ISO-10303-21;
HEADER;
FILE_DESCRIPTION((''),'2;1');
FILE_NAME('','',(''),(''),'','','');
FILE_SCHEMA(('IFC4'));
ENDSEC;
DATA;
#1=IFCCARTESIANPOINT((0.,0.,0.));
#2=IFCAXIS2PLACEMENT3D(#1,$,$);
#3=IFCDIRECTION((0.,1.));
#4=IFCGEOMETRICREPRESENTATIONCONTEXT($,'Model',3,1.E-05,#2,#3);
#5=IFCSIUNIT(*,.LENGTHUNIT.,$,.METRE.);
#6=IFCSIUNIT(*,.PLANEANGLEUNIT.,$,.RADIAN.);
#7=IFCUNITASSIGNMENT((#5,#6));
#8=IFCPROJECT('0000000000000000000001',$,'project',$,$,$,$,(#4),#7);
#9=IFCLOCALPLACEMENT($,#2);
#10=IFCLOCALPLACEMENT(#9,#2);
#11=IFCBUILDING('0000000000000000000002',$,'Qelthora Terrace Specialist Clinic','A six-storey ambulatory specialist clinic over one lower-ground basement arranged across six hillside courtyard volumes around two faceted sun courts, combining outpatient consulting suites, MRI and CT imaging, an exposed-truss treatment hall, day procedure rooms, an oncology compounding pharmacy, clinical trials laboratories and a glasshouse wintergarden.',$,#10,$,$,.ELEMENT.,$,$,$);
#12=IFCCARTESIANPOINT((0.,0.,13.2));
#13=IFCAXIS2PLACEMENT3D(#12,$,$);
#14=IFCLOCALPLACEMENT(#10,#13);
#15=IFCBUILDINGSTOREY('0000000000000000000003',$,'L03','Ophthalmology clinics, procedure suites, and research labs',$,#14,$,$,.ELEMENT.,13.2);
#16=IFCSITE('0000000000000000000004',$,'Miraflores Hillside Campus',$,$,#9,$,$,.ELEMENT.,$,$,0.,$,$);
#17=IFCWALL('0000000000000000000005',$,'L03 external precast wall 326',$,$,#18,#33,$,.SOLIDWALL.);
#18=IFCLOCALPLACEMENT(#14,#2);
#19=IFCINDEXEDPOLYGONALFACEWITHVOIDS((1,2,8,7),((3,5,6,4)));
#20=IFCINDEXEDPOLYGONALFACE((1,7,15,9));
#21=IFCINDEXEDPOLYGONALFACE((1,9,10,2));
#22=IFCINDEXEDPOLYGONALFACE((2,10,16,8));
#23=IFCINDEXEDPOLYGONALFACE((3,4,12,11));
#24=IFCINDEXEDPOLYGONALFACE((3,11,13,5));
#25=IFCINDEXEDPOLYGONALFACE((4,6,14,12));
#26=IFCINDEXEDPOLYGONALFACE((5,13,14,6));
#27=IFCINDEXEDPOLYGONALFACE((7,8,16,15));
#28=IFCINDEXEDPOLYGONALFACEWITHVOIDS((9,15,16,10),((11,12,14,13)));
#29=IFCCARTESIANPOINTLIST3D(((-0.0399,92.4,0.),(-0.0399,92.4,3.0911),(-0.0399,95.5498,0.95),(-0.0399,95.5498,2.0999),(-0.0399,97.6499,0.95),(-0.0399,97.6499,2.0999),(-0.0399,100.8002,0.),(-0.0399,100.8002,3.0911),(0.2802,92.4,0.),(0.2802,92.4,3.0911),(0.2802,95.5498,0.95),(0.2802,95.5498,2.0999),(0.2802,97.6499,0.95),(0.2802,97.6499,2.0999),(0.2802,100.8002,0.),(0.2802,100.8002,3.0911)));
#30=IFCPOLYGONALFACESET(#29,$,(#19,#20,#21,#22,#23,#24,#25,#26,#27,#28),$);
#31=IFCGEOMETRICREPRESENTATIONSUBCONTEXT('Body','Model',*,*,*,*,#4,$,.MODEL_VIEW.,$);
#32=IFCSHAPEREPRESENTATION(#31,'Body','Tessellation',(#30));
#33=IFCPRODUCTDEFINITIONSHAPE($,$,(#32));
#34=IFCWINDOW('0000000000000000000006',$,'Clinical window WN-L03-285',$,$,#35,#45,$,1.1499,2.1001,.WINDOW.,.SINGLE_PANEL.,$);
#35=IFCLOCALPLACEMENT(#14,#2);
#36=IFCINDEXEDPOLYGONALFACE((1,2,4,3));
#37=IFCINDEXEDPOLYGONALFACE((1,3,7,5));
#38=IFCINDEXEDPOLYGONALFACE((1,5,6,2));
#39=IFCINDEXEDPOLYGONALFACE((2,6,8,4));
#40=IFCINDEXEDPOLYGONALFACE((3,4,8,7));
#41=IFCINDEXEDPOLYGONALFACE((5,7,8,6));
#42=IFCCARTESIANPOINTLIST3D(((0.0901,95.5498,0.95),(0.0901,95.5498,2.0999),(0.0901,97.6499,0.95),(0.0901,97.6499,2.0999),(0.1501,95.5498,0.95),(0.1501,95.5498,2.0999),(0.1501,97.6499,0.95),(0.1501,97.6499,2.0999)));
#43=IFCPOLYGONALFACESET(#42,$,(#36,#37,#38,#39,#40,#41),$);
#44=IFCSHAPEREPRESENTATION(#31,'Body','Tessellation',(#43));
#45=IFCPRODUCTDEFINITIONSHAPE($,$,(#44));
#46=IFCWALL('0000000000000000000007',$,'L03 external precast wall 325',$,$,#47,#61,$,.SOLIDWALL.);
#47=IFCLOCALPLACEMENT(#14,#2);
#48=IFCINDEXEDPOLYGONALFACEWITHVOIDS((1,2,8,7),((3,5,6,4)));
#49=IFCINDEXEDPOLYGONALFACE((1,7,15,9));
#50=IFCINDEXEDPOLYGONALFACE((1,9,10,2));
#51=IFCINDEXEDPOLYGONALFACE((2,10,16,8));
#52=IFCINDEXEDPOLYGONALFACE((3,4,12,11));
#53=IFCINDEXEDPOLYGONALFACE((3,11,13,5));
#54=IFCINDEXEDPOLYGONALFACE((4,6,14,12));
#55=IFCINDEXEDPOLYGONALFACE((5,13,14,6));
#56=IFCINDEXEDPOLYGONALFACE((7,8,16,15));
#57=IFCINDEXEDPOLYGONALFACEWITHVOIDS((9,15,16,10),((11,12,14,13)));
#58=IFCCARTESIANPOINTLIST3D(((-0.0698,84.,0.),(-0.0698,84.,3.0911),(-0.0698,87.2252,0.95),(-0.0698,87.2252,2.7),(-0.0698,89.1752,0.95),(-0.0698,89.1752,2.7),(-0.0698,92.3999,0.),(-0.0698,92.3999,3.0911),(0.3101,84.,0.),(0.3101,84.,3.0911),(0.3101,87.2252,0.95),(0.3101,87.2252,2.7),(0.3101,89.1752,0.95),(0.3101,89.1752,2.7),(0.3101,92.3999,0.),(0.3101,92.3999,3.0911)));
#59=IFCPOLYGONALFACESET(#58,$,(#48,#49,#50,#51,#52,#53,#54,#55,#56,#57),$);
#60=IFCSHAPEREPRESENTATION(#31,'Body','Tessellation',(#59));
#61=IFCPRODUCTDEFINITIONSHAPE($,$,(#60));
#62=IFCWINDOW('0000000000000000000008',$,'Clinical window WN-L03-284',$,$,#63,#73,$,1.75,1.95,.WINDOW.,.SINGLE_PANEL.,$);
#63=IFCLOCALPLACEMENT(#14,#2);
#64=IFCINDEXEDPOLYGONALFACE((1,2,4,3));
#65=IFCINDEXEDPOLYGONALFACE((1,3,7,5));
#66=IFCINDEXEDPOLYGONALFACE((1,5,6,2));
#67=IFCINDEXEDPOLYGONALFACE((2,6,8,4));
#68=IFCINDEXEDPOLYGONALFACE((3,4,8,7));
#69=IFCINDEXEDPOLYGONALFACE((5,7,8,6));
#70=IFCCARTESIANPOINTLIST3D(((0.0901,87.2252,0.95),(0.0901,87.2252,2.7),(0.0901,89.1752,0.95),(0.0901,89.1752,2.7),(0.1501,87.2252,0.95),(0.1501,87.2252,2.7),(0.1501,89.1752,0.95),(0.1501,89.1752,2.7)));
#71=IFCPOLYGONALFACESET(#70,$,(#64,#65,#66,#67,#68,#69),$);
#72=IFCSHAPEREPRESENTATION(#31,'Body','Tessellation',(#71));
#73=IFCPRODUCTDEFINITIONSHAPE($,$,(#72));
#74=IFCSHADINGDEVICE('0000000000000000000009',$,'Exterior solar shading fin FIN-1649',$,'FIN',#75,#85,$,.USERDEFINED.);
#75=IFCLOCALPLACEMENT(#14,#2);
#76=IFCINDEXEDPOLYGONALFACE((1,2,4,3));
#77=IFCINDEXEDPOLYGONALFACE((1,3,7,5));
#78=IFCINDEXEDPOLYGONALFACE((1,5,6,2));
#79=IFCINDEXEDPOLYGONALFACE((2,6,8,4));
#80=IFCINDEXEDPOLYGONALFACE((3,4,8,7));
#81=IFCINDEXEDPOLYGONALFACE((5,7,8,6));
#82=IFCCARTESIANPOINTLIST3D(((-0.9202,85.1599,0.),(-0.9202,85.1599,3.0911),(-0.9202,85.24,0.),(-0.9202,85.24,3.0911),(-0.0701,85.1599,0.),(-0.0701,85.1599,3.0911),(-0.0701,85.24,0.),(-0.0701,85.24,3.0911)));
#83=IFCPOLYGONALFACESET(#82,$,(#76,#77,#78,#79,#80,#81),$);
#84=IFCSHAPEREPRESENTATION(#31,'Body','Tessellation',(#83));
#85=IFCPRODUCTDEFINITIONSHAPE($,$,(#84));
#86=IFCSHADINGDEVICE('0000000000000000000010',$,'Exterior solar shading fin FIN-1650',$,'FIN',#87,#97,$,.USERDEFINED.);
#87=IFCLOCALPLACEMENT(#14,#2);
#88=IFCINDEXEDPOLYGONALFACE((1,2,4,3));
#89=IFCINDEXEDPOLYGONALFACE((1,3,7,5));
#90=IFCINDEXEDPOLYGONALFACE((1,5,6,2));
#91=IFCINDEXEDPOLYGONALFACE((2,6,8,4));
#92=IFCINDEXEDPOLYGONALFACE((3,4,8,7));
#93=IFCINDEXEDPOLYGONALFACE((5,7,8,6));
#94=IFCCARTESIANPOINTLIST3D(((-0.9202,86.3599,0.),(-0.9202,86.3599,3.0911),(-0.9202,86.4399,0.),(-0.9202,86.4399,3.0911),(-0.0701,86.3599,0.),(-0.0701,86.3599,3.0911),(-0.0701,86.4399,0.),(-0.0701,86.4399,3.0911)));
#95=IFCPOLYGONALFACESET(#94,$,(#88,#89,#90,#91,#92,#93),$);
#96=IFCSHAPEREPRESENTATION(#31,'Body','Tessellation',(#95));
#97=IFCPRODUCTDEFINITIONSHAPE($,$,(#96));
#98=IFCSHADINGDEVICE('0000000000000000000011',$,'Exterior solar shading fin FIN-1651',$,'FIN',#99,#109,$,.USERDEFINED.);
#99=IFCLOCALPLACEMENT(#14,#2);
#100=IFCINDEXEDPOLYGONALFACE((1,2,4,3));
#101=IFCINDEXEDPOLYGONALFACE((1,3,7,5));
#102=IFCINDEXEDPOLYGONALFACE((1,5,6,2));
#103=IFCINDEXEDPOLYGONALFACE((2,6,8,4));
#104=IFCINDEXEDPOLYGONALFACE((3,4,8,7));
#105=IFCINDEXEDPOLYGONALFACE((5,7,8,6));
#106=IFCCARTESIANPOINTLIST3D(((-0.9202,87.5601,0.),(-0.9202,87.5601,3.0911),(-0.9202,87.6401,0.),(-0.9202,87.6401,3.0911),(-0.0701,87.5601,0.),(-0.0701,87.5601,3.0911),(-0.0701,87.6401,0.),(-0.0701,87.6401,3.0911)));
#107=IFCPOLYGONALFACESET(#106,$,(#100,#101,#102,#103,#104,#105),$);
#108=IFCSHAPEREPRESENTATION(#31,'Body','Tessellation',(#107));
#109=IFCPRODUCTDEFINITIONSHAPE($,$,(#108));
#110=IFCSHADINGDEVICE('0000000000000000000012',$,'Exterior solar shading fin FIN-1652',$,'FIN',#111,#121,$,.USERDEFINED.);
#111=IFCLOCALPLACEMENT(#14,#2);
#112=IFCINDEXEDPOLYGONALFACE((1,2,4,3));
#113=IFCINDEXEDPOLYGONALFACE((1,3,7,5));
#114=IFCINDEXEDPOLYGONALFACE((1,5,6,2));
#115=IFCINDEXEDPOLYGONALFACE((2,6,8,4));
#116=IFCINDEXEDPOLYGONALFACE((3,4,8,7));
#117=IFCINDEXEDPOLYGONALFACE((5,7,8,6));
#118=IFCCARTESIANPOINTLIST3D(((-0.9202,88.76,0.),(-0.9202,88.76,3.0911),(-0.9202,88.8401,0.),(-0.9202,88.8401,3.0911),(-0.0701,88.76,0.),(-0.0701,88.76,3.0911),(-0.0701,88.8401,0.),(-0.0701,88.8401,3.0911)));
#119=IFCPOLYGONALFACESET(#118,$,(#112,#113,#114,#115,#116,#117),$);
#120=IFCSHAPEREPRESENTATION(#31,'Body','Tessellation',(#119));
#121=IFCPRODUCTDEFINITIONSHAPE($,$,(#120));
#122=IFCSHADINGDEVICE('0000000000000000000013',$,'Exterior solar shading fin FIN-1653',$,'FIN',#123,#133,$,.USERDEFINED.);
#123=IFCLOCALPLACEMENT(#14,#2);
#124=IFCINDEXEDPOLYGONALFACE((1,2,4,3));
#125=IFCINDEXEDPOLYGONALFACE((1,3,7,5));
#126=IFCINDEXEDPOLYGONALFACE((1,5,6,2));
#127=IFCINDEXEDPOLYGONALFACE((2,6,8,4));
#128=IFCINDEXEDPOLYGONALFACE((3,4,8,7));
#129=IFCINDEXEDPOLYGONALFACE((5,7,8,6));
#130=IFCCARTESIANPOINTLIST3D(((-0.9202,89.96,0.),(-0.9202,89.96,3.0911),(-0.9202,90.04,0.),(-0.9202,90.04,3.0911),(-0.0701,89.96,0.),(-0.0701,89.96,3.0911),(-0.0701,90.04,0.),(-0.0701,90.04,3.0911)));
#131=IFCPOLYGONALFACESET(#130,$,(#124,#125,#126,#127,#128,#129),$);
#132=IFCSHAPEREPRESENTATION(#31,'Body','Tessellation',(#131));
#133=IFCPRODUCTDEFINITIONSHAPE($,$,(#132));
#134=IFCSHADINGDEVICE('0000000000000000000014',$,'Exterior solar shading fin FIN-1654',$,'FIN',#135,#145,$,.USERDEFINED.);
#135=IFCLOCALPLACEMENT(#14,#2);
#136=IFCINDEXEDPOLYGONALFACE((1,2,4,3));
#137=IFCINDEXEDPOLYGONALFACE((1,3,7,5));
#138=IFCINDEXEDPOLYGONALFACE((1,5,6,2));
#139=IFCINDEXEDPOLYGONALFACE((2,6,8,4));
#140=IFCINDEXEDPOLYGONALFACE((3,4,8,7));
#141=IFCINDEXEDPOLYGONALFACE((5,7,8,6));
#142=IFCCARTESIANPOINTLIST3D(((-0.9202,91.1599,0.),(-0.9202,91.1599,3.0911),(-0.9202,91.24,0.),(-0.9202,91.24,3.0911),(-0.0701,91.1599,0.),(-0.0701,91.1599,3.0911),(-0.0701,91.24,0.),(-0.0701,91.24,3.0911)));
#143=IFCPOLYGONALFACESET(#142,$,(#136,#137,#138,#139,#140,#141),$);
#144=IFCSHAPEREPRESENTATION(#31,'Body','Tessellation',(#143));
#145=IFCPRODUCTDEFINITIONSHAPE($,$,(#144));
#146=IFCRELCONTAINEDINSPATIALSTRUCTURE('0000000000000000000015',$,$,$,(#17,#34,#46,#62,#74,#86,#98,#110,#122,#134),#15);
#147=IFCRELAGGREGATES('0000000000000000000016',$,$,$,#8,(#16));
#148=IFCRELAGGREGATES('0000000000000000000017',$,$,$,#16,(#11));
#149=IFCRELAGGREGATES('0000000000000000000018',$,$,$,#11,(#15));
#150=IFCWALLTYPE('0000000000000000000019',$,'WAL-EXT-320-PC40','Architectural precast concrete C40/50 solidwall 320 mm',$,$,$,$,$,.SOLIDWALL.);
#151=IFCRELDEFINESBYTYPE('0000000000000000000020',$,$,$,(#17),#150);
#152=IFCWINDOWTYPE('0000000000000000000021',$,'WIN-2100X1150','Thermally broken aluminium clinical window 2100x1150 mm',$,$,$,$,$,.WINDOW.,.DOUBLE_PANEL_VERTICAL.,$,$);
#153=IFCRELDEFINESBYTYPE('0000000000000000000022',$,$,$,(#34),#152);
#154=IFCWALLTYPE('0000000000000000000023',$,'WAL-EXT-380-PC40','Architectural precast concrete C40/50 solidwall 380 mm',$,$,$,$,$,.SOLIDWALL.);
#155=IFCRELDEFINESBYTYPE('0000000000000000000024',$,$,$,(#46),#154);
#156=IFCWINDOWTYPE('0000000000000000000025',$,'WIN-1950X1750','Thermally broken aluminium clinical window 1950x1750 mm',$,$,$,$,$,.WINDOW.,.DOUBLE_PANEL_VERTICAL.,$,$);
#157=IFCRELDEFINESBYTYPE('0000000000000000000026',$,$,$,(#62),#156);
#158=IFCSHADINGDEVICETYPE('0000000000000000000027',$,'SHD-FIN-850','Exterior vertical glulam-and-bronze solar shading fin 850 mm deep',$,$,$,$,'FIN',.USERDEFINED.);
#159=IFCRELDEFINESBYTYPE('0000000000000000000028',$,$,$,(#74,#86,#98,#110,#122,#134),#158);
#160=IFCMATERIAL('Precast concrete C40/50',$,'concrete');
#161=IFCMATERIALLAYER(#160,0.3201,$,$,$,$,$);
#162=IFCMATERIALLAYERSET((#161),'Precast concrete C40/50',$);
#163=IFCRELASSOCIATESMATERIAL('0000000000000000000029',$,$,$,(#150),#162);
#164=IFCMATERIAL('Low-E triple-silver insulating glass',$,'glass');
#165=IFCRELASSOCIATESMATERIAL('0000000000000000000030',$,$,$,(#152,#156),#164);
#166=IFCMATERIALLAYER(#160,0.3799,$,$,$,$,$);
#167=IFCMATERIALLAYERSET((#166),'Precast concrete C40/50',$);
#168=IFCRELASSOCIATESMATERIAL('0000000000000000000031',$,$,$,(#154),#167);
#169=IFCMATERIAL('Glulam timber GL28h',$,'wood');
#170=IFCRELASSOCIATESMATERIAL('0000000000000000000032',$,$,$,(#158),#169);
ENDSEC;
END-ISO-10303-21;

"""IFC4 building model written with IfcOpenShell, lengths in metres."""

from ifc_helpers import new_model, si_unit, direction, frame, frame_2d, origin, origin_2d, place, context, subcontext, project, spatial, rectangle, extrude, material, layer, layer_set, type_object, element, fill, save


model = new_model("IFC4")

# Units and contexts
model_context = context("Model", 3, precision=1e-05, world=origin(), true_north=direction((0.0, 1.0)))
body_context = subcontext(model_context, "Body", "Model", "MODEL_VIEW")
ifc_project = project(units=[si_unit("LENGTHUNIT", "METRE"), si_unit("PLANEANGLEUNIT", "RADIAN")], contexts=[model_context])

# Site, building, storey
site_placement = place(None, origin())
site = spatial("IfcSite", under=ifc_project, at=site_placement, Name="Miraflores Hillside Campus", CompositionType="ELEMENT", RefElevation=0.0)
building_placement = place(site_placement, origin())
building = spatial("IfcBuilding", under=site, at=building_placement, Name="Qelthora Terrace Specialist Clinic", Description="A six-storey ambulatory specialist clinic over one lower-ground basement arranged across six hillside courtyard volumes around two faceted sun courts, combining outpatient consulting suites, MRI and CT imaging, an exposed-truss treatment hall, day procedure rooms, an oncology compounding pharmacy, clinical trials laboratories and a glasshouse wintergarden.", CompositionType="ELEMENT")
storey_placement = place(building_placement, frame((0.0, 0.0, 13.2)))
storey = spatial("IfcBuildingStorey", under=building, at=storey_placement, Name="L03", Description="Ophthalmology clinics, procedure suites, and research labs", CompositionType="ELEMENT", Elevation=13.2)

# Shared definitions
ifc_material_1 = material(Name="Low-E triple-silver insulating glass", Category="glass")

# Walls, openings, windows
ifc_material_2 = material(Name="Precast concrete C40/50", Category="concrete")
ifc_layer_1 = layer(ifc_material_2, 0.3201)
ifc_layer_set_1 = layer_set([ifc_layer_1], Name="Precast concrete C40/50")
wall_type_1 = type_object("IfcWallType", Name="WAL-EXT-320-PC40", Description="Architectural precast concrete C40/50 solidwall 320 mm", PredefinedType="SOLIDWALL", material=ifc_layer_set_1)
wall_1_placement = place(storey_placement, frame((0.1201, 92.3999, 0.0), z_axis=(0.0, 0.0, 1.0), x_axis=(0.0, 1.0, 0.0)))
wall_1 = element("IfcWall", 1, at=wall_1_placement, inside=storey, type_object=wall_type_1, Name="L03 external precast wall 326", PredefinedType="SOLIDWALL", context=body_context, shape_type="SweptSolid", body=[
    extrude(rectangle(XDim=8.4001, YDim=0.3201, at=frame_2d((4.2002, 0.0))), origin(), (0.0, 0.0, 1.0), 3.0911),
])
opening_1_placement = place(wall_1_placement, frame((3.1499, 0.0, 0.95)))
opening_1 = element("IfcOpeningElement", 2, at=opening_1_placement, cuts=wall_1, PredefinedType="OPENING", context=body_context, shape_type="SweptSolid", body=[
    extrude(rectangle(XDim=2.1001, YDim=1.1499, at=frame_2d((1.05, 0.575))), frame((0.0, 0.1699, 0.0), z_axis=(0.0, -1.0, 0.0), x_axis=(1.0, 0.0, 0.0)), (0.0, 0.0, 1.0), 0.3401),
])
window_type_1 = type_object("IfcWindowType", Name="WIN-2100X1150", Description="Thermally broken aluminium clinical window 2100x1150 mm", PartitioningType="DOUBLE_PANEL_VERTICAL", PredefinedType="WINDOW", material=ifc_material_1)
window_1_placement = place(opening_1_placement, origin())
window_1 = element("IfcWindow", 3, at=window_1_placement, inside=storey, type_object=window_type_1, Name="Clinical window WN-L03-285", OverallHeight=1.1499, OverallWidth=2.1001, PartitioningType="SINGLE_PANEL", PredefinedType="WINDOW", context=body_context, shape_type="SweptSolid", body=[
    extrude(rectangle(XDim=2.1001, YDim=1.1499, at=frame_2d((1.05, 0.575))), frame((0.0, 0.03, 0.0), z_axis=(0.0, -1.0, 0.0), x_axis=(1.0, 0.0, 0.0)), (0.0, 0.0, 1.0), 0.0601),
])
fill(opening_1, window_1)
ifc_layer_2 = layer(ifc_material_2, 0.3799)
ifc_layer_set_2 = layer_set([ifc_layer_2], Name="Precast concrete C40/50")
wall_type_2 = type_object("IfcWallType", Name="WAL-EXT-380-PC40", Description="Architectural precast concrete C40/50 solidwall 380 mm", PredefinedType="SOLIDWALL", material=ifc_layer_set_2)
wall_2_placement = place(storey_placement, frame((0.1201, 84.0, 0.0), z_axis=(0.0, 0.0, 1.0), x_axis=(0.0, 1.0, 0.0)))
wall_2 = element("IfcWall", 4, at=wall_2_placement, inside=storey, type_object=wall_type_2, Name="L03 external precast wall 325", PredefinedType="SOLIDWALL", context=body_context, shape_type="SweptSolid", body=[
    extrude(rectangle(XDim=8.3999, YDim=0.3799, at=frame_2d((4.2, 0.0))), origin(), (0.0, 0.0, 1.0), 3.0911),
])
opening_2_placement = place(wall_2_placement, frame((3.2251, 0.0, 0.95)))
opening_2 = element("IfcOpeningElement", 5, at=opening_2_placement, cuts=wall_2, PredefinedType="OPENING", context=body_context, shape_type="SweptSolid", body=[
    extrude(rectangle(XDim=1.95, YDim=1.75, at=frame_2d((0.9751, 0.875))), frame((0.0, 0.2, 0.0), z_axis=(0.0, -1.0, 0.0), x_axis=(1.0, 0.0, 0.0)), (0.0, 0.0, 1.0), 0.3999),
])
window_type_2 = type_object("IfcWindowType", Name="WIN-1950X1750", Description="Thermally broken aluminium clinical window 1950x1750 mm", PartitioningType="DOUBLE_PANEL_VERTICAL", PredefinedType="WINDOW", material=ifc_material_1)
window_2_placement = place(opening_2_placement, origin())
window_2 = element("IfcWindow", 6, at=window_2_placement, inside=storey, type_object=window_type_2, Name="Clinical window WN-L03-284", OverallHeight=1.75, OverallWidth=1.95, PartitioningType="SINGLE_PANEL", PredefinedType="WINDOW", context=body_context, shape_type="SweptSolid", body=[
    extrude(rectangle(XDim=1.95, YDim=1.75, at=frame_2d((0.9751, 0.875))), frame((0.0, 0.03, 0.0), z_axis=(0.0, -1.0, 0.0), x_axis=(1.0, 0.0, 0.0)), (0.0, 0.0, 1.0), 0.0601),
])
fill(opening_2, window_2)

# Shading devices
ifc_material_3 = material(Name="Glulam timber GL28h", Category="wood")
shading_device_type = type_object("IfcShadingDeviceType", Name="SHD-FIN-850", Description="Exterior vertical glulam-and-bronze solar shading fin 850 mm deep", ElementType="FIN", PredefinedType="USERDEFINED", material=ifc_material_3)
for number, where, z_axis, x_axis, name in (
    (7, (-0.4951, 85.2, 0.0), (0.0, 0.0, 1.0), (-1.0, 0.0, 0.0), "Exterior solar shading fin FIN-1649"),
    (8, (-0.4951, 86.3999, 0.0), (0.0, 0.0, 1.0), (-1.0, 0.0, 0.0), "Exterior solar shading fin FIN-1650"),
    (9, (-0.4951, 87.6001, 0.0), (0.0, 0.0, 1.0), (-1.0, 0.0, 0.0), "Exterior solar shading fin FIN-1651"),
    (10, (-0.4951, 88.8, 0.0), (0.0, 0.0, 1.0), (-1.0, 0.0, 0.0), "Exterior solar shading fin FIN-1652"),
    (11, (-0.4951, 90.0, 0.0), (0.0, 0.0, 1.0), (-1.0, 0.0, 0.0), "Exterior solar shading fin FIN-1653"),
    (12, (-0.4951, 91.2, 0.0), (0.0, 0.0, 1.0), (-1.0, 0.0, 0.0), "Exterior solar shading fin FIN-1654"),
):
    element("IfcShadingDevice", number, at=place(storey_placement, frame(where, z_axis=z_axis, x_axis=x_axis)), inside=storey, type_object=shading_device_type, Name=name, ObjectType="FIN", PredefinedType="USERDEFINED", context=body_context, shape_type="SweptSolid", body=[
        extrude(rectangle(XDim=0.8501, YDim=0.0801, at=origin_2d()), origin(), (0.0, 0.0, 1.0), 3.0911),
    ])

save(model, "model.ifc")
